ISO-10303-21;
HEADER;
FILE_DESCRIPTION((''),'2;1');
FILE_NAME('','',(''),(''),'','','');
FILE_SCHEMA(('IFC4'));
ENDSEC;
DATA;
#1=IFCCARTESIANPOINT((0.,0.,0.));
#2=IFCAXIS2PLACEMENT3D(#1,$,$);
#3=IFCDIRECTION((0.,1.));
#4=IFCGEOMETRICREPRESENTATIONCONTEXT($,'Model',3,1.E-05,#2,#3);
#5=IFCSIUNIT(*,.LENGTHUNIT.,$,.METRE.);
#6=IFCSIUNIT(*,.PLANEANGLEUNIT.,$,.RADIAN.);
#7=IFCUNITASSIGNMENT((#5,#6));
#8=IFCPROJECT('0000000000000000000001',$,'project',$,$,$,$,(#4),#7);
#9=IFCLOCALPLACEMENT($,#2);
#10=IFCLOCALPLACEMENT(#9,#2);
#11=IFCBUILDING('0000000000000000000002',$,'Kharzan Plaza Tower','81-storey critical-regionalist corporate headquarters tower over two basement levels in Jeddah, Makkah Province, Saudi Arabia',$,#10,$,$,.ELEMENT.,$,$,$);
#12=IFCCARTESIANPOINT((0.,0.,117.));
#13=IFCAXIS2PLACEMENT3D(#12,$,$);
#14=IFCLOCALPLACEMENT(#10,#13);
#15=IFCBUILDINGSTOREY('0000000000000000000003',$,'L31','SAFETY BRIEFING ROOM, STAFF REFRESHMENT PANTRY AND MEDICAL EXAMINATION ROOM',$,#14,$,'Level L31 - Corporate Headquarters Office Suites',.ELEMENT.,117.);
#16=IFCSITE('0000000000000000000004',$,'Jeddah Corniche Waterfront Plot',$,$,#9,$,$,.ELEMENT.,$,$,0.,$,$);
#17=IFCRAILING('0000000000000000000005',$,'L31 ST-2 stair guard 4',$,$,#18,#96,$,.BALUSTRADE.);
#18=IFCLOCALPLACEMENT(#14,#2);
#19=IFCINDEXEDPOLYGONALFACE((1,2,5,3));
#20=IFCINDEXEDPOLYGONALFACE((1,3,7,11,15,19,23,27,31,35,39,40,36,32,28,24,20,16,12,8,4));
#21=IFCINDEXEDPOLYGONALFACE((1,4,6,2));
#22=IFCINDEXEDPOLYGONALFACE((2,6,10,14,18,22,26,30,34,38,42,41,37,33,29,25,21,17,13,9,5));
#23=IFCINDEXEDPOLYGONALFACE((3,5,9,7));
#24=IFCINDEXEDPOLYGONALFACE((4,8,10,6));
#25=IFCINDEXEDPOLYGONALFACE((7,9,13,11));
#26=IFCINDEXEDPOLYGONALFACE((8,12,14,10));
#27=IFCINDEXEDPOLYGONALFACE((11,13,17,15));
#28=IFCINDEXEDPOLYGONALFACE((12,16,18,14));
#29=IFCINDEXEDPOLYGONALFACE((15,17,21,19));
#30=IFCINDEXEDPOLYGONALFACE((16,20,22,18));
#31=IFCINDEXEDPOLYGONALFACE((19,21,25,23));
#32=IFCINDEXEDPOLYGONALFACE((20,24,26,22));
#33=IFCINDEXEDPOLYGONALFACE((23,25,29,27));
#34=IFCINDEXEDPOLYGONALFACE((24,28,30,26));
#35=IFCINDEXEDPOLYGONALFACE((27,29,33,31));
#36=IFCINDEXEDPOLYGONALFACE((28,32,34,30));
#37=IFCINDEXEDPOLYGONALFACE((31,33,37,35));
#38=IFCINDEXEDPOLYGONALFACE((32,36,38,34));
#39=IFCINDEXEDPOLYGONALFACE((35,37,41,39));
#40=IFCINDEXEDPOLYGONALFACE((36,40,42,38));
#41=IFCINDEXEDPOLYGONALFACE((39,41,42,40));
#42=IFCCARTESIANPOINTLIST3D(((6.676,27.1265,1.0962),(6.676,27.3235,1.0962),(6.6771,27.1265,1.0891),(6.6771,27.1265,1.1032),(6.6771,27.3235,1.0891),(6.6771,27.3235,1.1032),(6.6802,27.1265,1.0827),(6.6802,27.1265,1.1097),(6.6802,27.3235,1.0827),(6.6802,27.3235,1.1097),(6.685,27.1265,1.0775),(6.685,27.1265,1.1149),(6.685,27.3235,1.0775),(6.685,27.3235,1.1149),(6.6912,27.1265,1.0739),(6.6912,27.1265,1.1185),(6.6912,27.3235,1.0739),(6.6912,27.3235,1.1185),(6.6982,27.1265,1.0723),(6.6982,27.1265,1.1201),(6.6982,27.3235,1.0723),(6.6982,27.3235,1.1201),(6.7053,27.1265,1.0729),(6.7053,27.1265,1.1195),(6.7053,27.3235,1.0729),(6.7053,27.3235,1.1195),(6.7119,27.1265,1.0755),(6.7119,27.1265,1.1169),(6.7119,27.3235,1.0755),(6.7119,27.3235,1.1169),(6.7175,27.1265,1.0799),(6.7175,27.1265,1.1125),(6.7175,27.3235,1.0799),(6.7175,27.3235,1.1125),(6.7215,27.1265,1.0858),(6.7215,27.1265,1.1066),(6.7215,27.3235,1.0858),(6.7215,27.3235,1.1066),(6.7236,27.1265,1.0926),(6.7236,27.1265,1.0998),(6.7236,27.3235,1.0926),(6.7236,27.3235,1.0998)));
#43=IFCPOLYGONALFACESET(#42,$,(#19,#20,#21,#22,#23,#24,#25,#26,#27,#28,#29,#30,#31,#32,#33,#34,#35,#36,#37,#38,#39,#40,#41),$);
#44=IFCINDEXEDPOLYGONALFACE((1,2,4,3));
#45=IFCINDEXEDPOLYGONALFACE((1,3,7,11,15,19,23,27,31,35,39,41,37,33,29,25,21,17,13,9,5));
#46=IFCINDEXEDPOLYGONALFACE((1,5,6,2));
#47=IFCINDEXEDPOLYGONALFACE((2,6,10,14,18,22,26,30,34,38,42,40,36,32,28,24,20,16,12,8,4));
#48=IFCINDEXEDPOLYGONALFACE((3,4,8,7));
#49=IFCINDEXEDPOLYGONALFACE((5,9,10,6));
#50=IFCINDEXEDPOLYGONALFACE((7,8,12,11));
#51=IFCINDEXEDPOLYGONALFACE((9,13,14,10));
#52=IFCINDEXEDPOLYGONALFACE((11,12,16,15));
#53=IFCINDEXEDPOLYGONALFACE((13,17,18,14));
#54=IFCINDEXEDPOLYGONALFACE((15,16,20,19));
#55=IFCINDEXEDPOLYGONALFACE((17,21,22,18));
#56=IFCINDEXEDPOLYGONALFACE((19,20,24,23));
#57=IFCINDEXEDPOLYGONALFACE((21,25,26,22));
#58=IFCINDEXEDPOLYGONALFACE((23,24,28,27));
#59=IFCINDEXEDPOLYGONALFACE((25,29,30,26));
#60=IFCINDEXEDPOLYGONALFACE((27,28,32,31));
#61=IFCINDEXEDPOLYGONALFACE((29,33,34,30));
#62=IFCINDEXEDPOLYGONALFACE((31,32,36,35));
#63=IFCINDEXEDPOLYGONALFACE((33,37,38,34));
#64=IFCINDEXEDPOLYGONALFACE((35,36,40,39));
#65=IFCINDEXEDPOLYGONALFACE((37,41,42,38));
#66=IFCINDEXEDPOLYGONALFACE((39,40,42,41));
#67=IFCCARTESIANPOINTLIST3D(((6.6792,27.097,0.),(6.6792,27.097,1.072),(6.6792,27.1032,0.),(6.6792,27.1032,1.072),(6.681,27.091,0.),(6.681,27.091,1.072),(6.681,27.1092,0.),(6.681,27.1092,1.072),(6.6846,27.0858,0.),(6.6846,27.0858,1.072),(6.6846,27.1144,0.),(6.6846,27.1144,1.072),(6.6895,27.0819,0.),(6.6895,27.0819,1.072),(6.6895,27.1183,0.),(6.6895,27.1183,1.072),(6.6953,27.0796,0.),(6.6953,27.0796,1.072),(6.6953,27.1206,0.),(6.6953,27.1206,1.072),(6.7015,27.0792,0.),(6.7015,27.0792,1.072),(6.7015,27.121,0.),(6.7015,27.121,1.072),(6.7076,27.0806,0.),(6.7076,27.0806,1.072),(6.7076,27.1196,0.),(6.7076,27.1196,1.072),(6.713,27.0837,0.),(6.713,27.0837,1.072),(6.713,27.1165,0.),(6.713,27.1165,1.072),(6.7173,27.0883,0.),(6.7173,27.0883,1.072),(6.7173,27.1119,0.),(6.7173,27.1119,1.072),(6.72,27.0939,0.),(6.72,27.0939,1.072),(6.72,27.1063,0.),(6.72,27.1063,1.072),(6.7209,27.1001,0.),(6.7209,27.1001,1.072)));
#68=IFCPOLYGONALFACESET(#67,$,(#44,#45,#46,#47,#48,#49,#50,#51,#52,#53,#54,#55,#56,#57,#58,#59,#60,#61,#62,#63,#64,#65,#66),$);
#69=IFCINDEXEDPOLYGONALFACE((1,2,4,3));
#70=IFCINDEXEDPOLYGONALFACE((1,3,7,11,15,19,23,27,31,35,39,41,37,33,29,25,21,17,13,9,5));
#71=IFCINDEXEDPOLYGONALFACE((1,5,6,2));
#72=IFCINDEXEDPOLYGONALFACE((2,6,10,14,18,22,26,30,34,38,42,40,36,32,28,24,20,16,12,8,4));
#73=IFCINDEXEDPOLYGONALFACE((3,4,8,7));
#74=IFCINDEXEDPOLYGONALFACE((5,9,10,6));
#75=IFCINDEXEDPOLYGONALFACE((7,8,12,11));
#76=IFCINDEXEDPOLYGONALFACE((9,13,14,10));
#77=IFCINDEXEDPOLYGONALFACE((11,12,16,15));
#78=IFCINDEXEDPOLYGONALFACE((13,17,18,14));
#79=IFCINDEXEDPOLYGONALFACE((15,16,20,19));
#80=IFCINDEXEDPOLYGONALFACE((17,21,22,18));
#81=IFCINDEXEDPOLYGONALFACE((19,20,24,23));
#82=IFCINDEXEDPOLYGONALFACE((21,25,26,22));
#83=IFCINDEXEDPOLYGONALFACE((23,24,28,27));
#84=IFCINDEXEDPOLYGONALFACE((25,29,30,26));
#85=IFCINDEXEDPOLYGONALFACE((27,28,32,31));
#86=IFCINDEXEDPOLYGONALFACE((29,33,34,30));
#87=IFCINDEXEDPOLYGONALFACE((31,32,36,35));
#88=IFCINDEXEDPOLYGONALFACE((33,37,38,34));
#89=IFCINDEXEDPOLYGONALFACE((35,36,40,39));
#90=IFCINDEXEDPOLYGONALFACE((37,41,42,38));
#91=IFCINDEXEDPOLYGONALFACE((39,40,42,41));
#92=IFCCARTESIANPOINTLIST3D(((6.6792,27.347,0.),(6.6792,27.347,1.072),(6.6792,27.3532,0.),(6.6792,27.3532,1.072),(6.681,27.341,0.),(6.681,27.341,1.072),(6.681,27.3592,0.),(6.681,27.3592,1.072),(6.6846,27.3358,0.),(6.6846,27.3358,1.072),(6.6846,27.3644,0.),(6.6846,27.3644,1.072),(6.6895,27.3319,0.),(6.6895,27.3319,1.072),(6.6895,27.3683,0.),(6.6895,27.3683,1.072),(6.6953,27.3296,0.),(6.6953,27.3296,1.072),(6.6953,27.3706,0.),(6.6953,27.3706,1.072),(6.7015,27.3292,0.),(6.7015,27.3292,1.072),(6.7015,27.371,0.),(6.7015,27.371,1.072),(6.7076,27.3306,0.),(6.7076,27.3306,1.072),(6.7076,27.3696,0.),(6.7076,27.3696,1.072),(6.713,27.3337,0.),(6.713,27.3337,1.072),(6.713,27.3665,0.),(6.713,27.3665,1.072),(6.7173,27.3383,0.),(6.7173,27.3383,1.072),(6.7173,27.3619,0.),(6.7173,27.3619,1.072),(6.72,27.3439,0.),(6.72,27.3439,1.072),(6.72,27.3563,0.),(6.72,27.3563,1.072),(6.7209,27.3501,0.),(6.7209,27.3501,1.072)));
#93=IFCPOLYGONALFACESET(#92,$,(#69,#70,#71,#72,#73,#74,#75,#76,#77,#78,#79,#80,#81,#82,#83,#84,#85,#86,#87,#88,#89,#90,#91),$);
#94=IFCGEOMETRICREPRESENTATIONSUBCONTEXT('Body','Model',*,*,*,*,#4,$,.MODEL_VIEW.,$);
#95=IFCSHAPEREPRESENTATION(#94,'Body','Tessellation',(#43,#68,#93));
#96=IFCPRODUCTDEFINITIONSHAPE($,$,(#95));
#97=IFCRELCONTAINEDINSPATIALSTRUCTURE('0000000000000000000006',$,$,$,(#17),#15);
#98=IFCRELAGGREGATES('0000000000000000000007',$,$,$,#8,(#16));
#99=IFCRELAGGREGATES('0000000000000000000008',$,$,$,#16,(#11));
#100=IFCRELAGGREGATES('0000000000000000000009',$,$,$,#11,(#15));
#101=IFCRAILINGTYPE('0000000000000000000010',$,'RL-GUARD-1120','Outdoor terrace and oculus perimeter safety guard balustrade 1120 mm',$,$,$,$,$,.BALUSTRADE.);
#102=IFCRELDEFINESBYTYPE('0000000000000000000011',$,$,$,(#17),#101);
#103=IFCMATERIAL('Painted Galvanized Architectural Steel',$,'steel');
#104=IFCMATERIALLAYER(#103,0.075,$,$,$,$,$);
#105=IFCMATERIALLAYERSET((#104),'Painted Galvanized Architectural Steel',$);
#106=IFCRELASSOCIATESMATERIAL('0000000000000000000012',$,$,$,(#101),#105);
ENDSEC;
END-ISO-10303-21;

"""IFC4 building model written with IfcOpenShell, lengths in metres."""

from ifc_helpers import new_model, si_unit, direction, frame, origin, origin_2d, place, context, subcontext, project, spatial, circle, extrude, source, transform, mapped, material, layer, layer_set, type_object, element, save


model = new_model("IFC4")

# Units and contexts
model_context = context("Model", 3, precision=1e-05, world=origin(), true_north=direction((0.0, 1.0)))
body_context = subcontext(model_context, "Body", "Model", "MODEL_VIEW")
ifc_project = project(units=[si_unit("LENGTHUNIT", "METRE"), si_unit("PLANEANGLEUNIT", "RADIAN")], contexts=[model_context])

# Site, building, storey
site_placement = place(None, origin())
site = spatial("IfcSite", under=ifc_project, at=site_placement, Name="Jeddah Corniche Waterfront Plot", CompositionType="ELEMENT", RefElevation=0.0)
building_placement = place(site_placement, origin())
building = spatial("IfcBuilding", under=site, at=building_placement, Name="Kharzan Plaza Tower", Description="81-storey critical-regionalist corporate headquarters tower over two basement levels in Jeddah, Makkah Province, Saudi Arabia", CompositionType="ELEMENT")
storey_placement = place(building_placement, frame((0.0, 0.0, 117.0)))
storey = spatial("IfcBuildingStorey", under=building, at=storey_placement, Name="L31", Description="SAFETY BRIEFING ROOM, STAFF REFRESHMENT PANTRY AND MEDICAL EXAMINATION ROOM", LongName="Level L31 - Corporate Headquarters Office Suites", CompositionType="ELEMENT", Elevation=117.0)

# Railing
ifc_material_1 = material(Name="Painted Galvanized Architectural Steel", Category="steel")
ifc_layer_1 = layer(ifc_material_1, 0.075)
ifc_layer_set_1 = layer_set([ifc_layer_1], Name="Painted Galvanized Architectural Steel")
railing_type_1 = type_object("IfcRailingType", Name="RL-GUARD-1120", Description="Outdoor terrace and oculus perimeter safety guard balustrade 1120 mm", PredefinedType="BALUSTRADE", material=ifc_layer_set_1)
shared_shape_1 = source(origin(), body_context, "Body", "SweptSolid", [
    extrude(circle(Radius=0.0239, at=origin_2d()), frame((0.0, 0.0264, 1.0962), z_axis=(0.0, 1.0, 0.0), x_axis=(-1.0, 0.0, 0.0)), (0.0, 0.0, 1.0), 0.197),
    extrude(circle(Radius=0.021, at=origin_2d()), origin(), (0.0, 0.0, 1.0), 1.072),
    extrude(circle(Radius=0.021, at=origin_2d()), frame((0.0, 0.25, 0.0)), (0.0, 0.0, 1.0), 1.072),
])
railing_1_placement = place(storey_placement, frame((6.7, 27.1001, 0.0)))
element("IfcRailing", 1, at=railing_1_placement, inside=storey, type_object=railing_type_1, Name="L31 ST-2 stair guard 4", PredefinedType="BALUSTRADE", context=body_context, shape_type="MappedRepresentation", body=[
    mapped(shared_shape_1, transform((0.0, 0.0, 0.0), x_axis=(1.0, 0.0, 0.0), y_axis=(0.0, 1.0, 0.0), z_axis=(0.0, 0.0, 1.0))),
])

save(model, "model.ifc")
